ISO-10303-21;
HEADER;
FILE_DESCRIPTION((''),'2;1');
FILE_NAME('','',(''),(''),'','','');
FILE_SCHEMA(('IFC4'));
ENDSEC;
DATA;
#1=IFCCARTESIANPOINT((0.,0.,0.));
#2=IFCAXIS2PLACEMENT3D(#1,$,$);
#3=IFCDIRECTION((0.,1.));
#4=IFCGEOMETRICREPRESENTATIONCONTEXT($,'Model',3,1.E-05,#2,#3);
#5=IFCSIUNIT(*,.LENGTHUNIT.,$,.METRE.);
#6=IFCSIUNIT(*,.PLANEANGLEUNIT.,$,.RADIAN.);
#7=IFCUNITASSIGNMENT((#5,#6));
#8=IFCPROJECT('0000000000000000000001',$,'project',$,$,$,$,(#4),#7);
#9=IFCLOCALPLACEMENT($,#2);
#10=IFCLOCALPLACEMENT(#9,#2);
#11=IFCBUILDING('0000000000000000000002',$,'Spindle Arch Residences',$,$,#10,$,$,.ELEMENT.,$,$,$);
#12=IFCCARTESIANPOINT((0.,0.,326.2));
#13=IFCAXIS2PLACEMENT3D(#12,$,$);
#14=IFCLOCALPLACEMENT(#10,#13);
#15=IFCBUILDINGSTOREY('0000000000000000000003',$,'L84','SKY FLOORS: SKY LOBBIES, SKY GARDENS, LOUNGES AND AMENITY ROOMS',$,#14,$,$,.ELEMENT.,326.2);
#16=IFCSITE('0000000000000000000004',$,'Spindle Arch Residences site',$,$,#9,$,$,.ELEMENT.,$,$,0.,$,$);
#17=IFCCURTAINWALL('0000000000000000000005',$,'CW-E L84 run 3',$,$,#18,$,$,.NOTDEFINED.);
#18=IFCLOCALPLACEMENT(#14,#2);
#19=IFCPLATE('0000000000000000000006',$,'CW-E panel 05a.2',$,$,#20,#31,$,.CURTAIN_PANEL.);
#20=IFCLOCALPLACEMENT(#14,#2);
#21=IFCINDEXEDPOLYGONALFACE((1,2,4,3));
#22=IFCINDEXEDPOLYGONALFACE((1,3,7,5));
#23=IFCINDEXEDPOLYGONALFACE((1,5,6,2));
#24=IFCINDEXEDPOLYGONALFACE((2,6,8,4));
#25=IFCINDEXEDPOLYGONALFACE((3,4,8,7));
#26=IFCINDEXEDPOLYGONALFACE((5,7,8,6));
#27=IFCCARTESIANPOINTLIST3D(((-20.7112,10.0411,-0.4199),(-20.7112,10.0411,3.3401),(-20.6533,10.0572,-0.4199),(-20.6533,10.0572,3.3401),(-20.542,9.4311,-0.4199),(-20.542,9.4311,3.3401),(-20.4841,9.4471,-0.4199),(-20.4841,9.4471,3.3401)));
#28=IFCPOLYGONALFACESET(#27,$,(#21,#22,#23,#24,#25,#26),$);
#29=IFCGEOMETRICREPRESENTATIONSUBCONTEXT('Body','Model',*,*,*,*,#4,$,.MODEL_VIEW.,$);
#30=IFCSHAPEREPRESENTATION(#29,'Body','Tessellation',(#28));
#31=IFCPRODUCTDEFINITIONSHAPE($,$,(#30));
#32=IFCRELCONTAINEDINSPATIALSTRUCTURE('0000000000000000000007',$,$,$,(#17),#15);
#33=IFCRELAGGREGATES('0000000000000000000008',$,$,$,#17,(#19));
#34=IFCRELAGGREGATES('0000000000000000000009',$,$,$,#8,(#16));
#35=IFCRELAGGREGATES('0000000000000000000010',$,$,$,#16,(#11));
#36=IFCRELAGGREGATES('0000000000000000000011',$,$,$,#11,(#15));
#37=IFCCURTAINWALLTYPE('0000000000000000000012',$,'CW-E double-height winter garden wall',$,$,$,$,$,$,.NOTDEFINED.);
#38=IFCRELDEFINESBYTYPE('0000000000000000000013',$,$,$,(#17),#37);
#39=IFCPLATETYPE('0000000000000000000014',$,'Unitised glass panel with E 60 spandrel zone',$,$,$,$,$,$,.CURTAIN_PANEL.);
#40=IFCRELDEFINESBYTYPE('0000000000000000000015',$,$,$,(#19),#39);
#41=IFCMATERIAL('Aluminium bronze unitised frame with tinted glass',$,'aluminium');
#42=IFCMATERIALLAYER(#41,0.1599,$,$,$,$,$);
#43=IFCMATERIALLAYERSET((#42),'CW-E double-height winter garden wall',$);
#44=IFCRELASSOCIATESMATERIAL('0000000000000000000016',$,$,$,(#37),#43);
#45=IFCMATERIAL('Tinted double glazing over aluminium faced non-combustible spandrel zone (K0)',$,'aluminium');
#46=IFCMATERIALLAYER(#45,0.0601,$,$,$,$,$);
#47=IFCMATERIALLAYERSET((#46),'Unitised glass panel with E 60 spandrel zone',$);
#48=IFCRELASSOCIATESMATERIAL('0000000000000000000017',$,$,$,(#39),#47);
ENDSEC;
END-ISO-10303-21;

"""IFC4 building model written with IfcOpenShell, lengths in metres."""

from ifc_helpers import new_model, si_unit, direction, frame, origin, origin_2d, place, context, subcontext, project, spatial, rectangle, extrude, material, layer, layer_set, type_object, element, aggregate, save


model = new_model("IFC4")

# Units and contexts
model_context = context("Model", 3, precision=1e-05, world=origin(), true_north=direction((0.0, 1.0)))
body_context = subcontext(model_context, "Body", "Model", "MODEL_VIEW")
ifc_project = project(units=[si_unit("LENGTHUNIT", "METRE"), si_unit("PLANEANGLEUNIT", "RADIAN")], contexts=[model_context])

# Site, building, storey
site_placement = place(None, origin())
site = spatial("IfcSite", under=ifc_project, at=site_placement, Name="Spindle Arch Residences site", CompositionType="ELEMENT", RefElevation=0.0)
building_placement = place(site_placement, origin())
building = spatial("IfcBuilding", under=site, at=building_placement, Name="Spindle Arch Residences", CompositionType="ELEMENT")
storey_placement = place(building_placement, frame((0.0, 0.0, 326.2)))
storey = spatial("IfcBuildingStorey", under=building, at=storey_placement, Name="L84", Description="SKY FLOORS: SKY LOBBIES, SKY GARDENS, LOUNGES AND AMENITY ROOMS", CompositionType="ELEMENT", Elevation=326.2)

# Curtain wall
ifc_material_1 = material(Name="Aluminium bronze unitised frame with tinted glass", Category="aluminium")
ifc_layer_1 = layer(ifc_material_1, 0.1599)
ifc_layer_set_1 = layer_set([ifc_layer_1], Name="CW-E double-height winter garden wall")
curtain_wall_type = type_object("IfcCurtainWallType", Name="CW-E double-height winter garden wall", PredefinedType="NOTDEFINED", material=ifc_layer_set_1)
curtain_wall_1_placement = place(storey_placement, origin())
curtain_wall_1 = element("IfcCurtainWall", 1, at=curtain_wall_1_placement, inside=storey, type_object=curtain_wall_type, Name="CW-E L84 run 3", PredefinedType="NOTDEFINED")

# Plate
ifc_material_2 = material(Name="Tinted double glazing over aluminium faced non-combustible spandrel zone (K0)", Category="aluminium")
ifc_layer_2 = layer(ifc_material_2, 0.0601)
ifc_layer_set_2 = layer_set([ifc_layer_2], Name="Unitised glass panel with E 60 spandrel zone")
plate_type_1 = type_object("IfcPlateType", Name="Unitised glass panel with E 60 spandrel zone", PredefinedType="CURTAIN_PANEL", material=ifc_layer_set_2)
plate_1_placement = place(storey_placement, frame((-20.5977, 9.7441, -0.4199), z_axis=(0.0, 0.0, 1.0), x_axis=(0.267238, -0.96363, 0.0)))
plate_1 = element("IfcPlate", 2, at=plate_1_placement, type_object=plate_type_1, Name="CW-E panel 05a.2", PredefinedType="CURTAIN_PANEL", context=body_context, shape_type="SweptSolid", body=[
    extrude(rectangle(XDim=0.6331, YDim=0.0601, at=origin_2d()), origin(), (0.0, 0.0, 1.0), 3.76),
])
aggregate(curtain_wall_1, [plate_1])

save(model, "model.ifc")
